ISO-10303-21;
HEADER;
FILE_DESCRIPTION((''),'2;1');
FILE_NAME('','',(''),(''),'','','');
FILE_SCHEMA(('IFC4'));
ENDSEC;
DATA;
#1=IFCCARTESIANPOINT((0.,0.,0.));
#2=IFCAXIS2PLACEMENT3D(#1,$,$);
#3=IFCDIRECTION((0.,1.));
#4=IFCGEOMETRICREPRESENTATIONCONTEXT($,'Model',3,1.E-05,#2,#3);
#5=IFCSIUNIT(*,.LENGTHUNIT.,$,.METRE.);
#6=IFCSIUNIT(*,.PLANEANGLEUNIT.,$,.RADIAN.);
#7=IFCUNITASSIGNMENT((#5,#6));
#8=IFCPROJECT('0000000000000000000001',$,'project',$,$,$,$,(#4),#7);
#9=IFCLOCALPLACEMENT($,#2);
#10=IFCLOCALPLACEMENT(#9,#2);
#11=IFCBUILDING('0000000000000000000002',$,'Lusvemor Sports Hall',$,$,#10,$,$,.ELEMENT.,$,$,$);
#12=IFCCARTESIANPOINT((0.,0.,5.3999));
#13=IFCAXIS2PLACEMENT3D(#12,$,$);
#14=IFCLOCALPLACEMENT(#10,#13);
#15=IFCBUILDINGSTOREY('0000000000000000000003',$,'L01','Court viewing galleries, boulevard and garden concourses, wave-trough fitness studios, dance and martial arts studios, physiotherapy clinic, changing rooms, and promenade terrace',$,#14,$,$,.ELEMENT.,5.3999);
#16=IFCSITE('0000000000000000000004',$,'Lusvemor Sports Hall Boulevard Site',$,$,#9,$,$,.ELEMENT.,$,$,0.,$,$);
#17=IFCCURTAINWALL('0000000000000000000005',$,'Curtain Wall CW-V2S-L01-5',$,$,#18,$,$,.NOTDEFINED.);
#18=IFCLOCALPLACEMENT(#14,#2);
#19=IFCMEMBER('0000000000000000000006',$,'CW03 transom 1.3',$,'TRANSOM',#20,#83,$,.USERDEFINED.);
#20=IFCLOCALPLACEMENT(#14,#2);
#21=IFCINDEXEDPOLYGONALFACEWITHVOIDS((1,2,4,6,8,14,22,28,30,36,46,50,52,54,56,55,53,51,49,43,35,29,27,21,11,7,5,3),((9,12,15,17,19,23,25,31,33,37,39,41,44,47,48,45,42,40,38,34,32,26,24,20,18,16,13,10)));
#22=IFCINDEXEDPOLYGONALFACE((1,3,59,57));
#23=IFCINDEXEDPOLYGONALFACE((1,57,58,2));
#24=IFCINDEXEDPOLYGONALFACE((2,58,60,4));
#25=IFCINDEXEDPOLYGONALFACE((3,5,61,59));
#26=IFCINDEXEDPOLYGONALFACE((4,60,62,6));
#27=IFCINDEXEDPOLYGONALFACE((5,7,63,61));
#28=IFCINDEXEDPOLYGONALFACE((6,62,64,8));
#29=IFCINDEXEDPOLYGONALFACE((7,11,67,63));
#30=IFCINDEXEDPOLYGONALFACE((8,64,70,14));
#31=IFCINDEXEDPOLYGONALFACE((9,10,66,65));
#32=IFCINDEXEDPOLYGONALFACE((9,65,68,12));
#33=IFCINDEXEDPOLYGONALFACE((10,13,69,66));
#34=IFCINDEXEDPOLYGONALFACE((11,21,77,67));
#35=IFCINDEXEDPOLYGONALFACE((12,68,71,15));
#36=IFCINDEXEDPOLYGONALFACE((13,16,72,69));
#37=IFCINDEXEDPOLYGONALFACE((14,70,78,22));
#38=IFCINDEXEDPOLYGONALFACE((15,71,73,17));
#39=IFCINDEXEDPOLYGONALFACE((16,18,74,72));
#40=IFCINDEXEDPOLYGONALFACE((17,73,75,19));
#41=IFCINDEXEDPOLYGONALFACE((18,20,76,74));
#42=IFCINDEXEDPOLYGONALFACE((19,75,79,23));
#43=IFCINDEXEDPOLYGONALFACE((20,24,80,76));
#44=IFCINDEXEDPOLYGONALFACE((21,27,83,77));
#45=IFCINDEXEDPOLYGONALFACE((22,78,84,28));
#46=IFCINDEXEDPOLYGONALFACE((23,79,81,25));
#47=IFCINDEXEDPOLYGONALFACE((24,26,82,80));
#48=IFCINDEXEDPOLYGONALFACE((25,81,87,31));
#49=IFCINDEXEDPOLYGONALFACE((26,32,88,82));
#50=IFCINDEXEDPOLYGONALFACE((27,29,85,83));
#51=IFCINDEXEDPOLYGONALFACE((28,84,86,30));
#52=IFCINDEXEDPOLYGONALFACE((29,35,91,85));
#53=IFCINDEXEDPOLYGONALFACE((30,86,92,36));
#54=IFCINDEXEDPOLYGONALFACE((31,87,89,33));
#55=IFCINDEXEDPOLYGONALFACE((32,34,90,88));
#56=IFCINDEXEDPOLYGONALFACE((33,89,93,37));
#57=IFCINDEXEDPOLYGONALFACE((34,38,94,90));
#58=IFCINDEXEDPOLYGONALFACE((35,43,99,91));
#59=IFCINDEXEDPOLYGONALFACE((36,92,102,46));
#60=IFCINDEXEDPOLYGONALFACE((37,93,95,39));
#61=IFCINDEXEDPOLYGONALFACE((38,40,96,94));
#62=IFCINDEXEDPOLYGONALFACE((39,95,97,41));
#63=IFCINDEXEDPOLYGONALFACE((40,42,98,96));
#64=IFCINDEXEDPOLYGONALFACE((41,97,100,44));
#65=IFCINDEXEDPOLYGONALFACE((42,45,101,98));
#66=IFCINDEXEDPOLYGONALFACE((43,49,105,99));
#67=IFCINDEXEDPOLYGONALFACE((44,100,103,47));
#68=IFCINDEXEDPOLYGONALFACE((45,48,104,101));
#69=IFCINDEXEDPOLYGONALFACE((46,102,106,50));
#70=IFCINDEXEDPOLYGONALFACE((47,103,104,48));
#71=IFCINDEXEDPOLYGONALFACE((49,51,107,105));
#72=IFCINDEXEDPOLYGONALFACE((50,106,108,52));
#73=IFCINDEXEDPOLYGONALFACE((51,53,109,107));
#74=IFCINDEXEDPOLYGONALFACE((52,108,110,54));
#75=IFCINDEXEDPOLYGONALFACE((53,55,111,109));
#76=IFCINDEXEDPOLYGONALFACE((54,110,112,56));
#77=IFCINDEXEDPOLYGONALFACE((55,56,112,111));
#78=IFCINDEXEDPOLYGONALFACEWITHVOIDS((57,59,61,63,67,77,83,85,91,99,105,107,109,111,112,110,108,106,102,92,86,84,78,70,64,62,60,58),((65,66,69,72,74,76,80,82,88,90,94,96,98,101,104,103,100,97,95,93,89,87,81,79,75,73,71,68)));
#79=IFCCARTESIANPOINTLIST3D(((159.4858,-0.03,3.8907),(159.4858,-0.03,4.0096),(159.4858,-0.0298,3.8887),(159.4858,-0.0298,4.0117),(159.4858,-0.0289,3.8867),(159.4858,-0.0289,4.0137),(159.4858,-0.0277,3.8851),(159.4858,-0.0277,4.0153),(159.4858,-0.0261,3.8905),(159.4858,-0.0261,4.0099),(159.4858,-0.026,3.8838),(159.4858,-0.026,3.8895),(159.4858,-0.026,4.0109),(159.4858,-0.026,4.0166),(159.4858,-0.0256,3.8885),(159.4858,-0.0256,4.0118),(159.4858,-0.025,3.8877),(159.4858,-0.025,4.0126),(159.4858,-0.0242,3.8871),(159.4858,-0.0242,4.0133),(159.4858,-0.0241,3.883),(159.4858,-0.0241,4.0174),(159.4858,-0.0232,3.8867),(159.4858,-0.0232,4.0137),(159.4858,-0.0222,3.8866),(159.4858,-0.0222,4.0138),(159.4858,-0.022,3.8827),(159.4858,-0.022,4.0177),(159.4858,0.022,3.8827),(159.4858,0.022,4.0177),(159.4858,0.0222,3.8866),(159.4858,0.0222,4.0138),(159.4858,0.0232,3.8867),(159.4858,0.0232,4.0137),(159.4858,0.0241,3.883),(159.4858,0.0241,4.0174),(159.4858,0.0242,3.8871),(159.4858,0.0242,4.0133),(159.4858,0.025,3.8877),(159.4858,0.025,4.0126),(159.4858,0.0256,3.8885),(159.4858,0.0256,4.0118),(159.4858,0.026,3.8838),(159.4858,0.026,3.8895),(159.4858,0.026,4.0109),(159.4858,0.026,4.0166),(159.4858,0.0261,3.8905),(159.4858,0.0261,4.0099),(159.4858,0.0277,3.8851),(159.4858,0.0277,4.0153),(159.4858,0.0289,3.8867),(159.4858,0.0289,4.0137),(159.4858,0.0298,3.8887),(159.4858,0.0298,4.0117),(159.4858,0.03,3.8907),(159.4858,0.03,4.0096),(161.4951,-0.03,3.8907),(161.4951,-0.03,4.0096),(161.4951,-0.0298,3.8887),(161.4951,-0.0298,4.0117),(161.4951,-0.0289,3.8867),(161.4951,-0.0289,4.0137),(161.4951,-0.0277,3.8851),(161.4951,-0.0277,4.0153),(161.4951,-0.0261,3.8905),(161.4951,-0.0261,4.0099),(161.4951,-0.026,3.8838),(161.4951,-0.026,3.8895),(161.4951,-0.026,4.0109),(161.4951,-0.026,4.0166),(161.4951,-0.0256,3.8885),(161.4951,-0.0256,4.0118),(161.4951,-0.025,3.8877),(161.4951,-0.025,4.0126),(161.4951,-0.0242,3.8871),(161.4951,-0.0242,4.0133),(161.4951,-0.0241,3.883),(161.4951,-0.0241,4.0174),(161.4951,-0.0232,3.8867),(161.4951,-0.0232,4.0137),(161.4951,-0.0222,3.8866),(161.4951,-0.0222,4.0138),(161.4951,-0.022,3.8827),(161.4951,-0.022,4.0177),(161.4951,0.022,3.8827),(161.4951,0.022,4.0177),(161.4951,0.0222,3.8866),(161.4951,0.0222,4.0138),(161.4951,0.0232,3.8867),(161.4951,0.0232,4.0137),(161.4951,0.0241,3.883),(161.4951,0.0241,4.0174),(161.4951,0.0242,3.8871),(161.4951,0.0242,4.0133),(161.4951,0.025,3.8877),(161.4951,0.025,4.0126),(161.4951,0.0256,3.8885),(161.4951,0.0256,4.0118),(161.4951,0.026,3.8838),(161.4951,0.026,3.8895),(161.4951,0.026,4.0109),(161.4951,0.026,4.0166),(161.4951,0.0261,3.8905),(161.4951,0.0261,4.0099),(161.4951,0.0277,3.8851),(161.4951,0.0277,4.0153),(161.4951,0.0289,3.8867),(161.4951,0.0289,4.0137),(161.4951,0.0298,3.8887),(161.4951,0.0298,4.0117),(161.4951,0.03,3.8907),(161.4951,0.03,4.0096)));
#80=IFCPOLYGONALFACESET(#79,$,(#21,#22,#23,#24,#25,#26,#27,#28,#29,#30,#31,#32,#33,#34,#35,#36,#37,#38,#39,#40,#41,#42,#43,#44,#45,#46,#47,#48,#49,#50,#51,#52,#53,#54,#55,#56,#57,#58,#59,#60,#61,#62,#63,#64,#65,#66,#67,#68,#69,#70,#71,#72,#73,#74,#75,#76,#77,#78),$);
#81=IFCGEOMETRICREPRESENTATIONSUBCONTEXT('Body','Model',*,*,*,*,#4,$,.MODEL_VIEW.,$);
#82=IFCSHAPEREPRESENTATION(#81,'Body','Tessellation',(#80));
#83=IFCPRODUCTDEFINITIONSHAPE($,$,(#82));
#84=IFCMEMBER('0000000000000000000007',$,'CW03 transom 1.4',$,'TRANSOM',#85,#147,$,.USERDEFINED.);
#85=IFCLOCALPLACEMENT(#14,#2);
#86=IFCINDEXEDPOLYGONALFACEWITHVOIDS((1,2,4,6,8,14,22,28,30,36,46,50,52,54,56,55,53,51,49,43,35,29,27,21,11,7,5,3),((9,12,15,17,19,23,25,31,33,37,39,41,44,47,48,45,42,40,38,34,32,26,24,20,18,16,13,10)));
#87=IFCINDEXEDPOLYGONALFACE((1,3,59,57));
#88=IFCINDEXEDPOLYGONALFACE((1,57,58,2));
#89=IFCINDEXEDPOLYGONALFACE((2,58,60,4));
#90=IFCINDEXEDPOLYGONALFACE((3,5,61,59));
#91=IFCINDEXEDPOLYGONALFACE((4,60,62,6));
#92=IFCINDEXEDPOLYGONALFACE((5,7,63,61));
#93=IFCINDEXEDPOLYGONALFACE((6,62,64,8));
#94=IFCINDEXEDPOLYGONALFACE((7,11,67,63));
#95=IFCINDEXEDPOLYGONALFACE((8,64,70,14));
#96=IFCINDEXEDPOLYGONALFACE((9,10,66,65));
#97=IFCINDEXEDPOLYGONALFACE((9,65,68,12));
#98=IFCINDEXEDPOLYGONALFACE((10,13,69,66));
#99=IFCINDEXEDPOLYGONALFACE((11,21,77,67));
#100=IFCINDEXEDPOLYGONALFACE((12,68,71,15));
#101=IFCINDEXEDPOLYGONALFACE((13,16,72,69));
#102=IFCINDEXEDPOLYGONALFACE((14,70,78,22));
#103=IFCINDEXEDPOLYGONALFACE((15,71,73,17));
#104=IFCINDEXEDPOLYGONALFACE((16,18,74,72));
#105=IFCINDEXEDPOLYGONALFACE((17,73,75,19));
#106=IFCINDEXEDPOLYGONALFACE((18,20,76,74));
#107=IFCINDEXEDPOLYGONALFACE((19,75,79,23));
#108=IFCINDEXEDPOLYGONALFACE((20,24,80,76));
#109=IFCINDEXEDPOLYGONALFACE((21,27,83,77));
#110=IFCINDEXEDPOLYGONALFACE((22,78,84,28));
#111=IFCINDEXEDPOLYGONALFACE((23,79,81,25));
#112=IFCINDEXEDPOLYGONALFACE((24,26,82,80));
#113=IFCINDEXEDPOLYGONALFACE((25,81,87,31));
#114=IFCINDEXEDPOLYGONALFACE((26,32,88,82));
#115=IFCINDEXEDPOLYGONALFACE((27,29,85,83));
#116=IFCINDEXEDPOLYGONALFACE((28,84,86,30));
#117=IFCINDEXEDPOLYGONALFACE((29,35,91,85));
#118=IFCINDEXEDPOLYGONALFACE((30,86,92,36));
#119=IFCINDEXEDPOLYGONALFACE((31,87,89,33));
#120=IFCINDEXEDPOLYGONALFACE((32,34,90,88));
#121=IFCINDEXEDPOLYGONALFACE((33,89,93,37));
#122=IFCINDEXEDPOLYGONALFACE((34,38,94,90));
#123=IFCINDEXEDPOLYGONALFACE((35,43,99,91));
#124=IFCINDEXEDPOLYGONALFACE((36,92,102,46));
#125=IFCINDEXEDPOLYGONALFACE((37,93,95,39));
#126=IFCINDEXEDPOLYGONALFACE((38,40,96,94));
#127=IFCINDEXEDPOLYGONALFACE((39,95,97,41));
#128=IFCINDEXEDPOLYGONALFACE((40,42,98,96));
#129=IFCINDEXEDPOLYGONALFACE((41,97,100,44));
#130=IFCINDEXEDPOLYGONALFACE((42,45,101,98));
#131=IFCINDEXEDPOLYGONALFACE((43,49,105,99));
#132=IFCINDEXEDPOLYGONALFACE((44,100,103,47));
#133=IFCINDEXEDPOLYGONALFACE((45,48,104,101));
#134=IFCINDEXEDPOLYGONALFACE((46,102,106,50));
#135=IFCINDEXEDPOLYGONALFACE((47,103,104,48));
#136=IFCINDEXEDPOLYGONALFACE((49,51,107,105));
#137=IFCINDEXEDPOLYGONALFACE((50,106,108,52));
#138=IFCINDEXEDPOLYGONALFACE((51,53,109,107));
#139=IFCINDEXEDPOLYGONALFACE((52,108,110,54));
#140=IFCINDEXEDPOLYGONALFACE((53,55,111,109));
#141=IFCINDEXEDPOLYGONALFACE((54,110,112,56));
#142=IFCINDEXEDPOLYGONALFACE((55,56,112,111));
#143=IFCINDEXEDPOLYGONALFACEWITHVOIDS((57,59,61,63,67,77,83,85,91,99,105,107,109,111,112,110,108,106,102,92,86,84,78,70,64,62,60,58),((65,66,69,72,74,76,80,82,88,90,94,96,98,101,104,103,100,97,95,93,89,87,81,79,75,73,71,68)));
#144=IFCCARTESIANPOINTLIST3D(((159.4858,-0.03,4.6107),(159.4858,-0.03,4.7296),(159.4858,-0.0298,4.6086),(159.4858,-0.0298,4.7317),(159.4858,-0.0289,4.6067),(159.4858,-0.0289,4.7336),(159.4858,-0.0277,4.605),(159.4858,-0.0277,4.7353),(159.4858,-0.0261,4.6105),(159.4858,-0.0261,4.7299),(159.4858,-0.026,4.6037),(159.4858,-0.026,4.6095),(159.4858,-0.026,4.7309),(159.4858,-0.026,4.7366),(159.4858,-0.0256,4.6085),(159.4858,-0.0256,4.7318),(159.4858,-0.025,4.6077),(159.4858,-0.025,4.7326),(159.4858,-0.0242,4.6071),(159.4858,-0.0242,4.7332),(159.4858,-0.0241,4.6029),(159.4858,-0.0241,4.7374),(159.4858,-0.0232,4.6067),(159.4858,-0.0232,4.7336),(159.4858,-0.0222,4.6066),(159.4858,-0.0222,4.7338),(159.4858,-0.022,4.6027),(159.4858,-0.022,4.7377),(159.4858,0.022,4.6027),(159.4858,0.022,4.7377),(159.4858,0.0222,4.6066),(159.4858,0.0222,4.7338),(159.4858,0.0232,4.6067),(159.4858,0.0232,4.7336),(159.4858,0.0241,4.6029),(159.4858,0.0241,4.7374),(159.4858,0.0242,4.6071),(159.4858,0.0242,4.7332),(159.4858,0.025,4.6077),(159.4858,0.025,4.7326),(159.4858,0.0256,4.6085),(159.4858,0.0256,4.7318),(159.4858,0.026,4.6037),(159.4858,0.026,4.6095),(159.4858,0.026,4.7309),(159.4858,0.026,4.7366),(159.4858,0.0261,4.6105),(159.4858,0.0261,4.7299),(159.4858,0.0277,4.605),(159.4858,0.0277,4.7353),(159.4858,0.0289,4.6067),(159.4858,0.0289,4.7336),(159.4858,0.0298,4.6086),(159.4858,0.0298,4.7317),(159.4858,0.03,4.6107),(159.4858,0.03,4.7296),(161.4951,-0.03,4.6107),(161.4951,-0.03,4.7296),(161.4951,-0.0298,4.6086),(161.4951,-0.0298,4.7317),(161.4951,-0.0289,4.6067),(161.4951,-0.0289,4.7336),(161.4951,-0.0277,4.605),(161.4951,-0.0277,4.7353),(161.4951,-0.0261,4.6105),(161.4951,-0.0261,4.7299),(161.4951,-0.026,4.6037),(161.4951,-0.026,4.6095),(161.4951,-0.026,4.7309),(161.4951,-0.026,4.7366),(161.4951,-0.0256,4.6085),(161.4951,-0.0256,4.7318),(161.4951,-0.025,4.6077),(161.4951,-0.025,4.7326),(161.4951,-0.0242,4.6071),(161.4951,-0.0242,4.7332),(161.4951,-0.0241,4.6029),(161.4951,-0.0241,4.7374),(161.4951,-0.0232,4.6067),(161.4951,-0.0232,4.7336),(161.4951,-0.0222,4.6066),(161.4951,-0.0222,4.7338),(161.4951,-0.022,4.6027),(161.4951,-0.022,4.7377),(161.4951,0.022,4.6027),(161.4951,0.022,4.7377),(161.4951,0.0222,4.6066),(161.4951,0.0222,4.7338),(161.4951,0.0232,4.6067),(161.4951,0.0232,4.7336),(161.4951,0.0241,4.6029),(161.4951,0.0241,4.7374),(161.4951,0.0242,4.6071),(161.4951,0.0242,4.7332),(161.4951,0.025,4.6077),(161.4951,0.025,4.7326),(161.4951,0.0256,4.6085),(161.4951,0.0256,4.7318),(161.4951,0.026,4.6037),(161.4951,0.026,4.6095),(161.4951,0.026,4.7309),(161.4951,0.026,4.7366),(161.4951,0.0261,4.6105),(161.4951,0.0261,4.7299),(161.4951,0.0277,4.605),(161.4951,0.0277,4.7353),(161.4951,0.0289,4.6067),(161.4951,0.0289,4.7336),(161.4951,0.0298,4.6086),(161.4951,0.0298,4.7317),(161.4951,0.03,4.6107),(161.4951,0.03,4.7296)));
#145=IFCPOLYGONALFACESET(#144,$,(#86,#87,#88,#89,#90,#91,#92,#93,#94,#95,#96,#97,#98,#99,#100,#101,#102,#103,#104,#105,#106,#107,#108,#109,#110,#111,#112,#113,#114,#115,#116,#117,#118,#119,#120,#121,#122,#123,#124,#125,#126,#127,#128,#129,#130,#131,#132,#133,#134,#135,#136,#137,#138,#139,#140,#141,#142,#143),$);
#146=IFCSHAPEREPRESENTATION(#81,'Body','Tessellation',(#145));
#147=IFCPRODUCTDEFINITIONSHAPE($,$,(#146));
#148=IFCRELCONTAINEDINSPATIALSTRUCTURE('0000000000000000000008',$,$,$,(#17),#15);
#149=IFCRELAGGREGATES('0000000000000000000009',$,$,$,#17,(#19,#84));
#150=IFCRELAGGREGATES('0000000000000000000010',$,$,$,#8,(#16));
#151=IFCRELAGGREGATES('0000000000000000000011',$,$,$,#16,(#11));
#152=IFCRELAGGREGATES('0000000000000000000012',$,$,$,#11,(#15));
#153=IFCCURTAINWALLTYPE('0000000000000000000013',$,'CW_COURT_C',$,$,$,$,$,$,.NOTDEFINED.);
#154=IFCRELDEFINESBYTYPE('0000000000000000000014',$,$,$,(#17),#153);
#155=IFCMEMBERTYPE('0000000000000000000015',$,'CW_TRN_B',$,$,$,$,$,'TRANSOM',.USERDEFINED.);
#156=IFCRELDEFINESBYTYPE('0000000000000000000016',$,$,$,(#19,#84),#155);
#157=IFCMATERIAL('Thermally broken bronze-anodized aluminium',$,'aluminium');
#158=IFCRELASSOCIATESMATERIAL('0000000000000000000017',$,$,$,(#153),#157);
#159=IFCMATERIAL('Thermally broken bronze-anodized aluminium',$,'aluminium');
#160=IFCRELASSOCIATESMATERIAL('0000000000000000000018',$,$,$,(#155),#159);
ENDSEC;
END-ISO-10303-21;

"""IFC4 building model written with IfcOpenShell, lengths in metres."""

from ifc_helpers import new_model, si_unit, direction, frame, origin, origin_2d, place, context, subcontext, project, spatial, hollow_rectangle, extrude, material, material_profile, profile_set, type_object, element, aggregate, save


model = new_model("IFC4")

# Units and contexts
model_context = context("Model", 3, precision=1e-05, world=origin(), true_north=direction((0.0, 1.0)))
body_context = subcontext(model_context, "Body", "Model", "MODEL_VIEW")
ifc_project = project(units=[si_unit("LENGTHUNIT", "METRE"), si_unit("PLANEANGLEUNIT", "RADIAN")], contexts=[model_context])

# Site, building, storey
site_placement = place(None, origin())
site = spatial("IfcSite", under=ifc_project, at=site_placement, Name="Lusvemor Sports Hall Boulevard Site", CompositionType="ELEMENT", RefElevation=0.0)
building_placement = place(site_placement, origin())
building = spatial("IfcBuilding", under=site, at=building_placement, Name="Lusvemor Sports Hall", CompositionType="ELEMENT")
storey_placement = place(building_placement, frame((0.0, 0.0, 5.3999)))
storey = spatial("IfcBuildingStorey", under=building, at=storey_placement, Name="L01", Description="Court viewing galleries, boulevard and garden concourses, wave-trough fitness studios, dance and martial arts studios, physiotherapy clinic, changing rooms, and promenade terrace", CompositionType="ELEMENT", Elevation=5.3999)

# Curtain wall, members
ifc_material_1 = material(Name="Thermally broken bronze-anodized aluminium", Category="aluminium")
curtain_wall_type = type_object("IfcCurtainWallType", Name="CW_COURT_C", PredefinedType="NOTDEFINED", material=ifc_material_1)
curtain_wall_placement = place(storey_placement, origin())
curtain_wall = element("IfcCurtainWall", 1, at=curtain_wall_placement, inside=storey, type_object=curtain_wall_type, Name="Curtain Wall CW-V2S-L01-5", PredefinedType="NOTDEFINED")
ifc_material_2 = material(Name="Thermally broken bronze-anodized aluminium", Category="aluminium")
ifc_material_profile_1 = material_profile(ifc_material_2, hollow_rectangle(XDim=0.0601, YDim=0.135, WallThickness=0.0039, InnerFilletRadius=0.0039, OuterFilletRadius=0.0081, at=origin_2d()), Name="CWTRN135x60x4")
ifc_profile_set_1 = profile_set([ifc_material_profile_1], Name="Thermally broken bronze-anodized aluminium")
member_type_1 = type_object("IfcMemberType", Name="CW_TRN_B", ElementType="TRANSOM", PredefinedType="USERDEFINED", material=ifc_profile_set_1)
member_1_placement = place(storey_placement, frame((161.4951, 0.0, 3.9502), z_axis=(-1.0, 0.0, 0.0), x_axis=(0.0, -1.0, 0.0)))
member_1 = element("IfcMember", 2, at=member_1_placement, type_object=member_type_1, Name="CW03 transom 1.3", ObjectType="TRANSOM", PredefinedType="USERDEFINED", context=body_context, shape_type="SweptSolid", body=[
    extrude(hollow_rectangle(XDim=0.0601, YDim=0.135, WallThickness=0.0039, InnerFilletRadius=0.0039, OuterFilletRadius=0.0081, at=origin_2d()), origin(), (0.0, 0.0, 1.0), 2.0093),
])
member_2_placement = place(storey_placement, frame((161.4951, 0.0, 4.6702), z_axis=(-1.0, 0.0, 0.0), x_axis=(0.0, -1.0, 0.0)))
member_2 = element("IfcMember", 3, at=member_2_placement, type_object=member_type_1, Name="CW03 transom 1.4", ObjectType="TRANSOM", PredefinedType="USERDEFINED", context=body_context, shape_type="SweptSolid", body=[
    extrude(hollow_rectangle(XDim=0.0601, YDim=0.135, WallThickness=0.0039, InnerFilletRadius=0.0039, OuterFilletRadius=0.0081, at=origin_2d()), origin(), (0.0, 0.0, 1.0), 2.0093),
])

aggregate(curtain_wall, [member_1, member_2])

save(model, "model.ifc")
